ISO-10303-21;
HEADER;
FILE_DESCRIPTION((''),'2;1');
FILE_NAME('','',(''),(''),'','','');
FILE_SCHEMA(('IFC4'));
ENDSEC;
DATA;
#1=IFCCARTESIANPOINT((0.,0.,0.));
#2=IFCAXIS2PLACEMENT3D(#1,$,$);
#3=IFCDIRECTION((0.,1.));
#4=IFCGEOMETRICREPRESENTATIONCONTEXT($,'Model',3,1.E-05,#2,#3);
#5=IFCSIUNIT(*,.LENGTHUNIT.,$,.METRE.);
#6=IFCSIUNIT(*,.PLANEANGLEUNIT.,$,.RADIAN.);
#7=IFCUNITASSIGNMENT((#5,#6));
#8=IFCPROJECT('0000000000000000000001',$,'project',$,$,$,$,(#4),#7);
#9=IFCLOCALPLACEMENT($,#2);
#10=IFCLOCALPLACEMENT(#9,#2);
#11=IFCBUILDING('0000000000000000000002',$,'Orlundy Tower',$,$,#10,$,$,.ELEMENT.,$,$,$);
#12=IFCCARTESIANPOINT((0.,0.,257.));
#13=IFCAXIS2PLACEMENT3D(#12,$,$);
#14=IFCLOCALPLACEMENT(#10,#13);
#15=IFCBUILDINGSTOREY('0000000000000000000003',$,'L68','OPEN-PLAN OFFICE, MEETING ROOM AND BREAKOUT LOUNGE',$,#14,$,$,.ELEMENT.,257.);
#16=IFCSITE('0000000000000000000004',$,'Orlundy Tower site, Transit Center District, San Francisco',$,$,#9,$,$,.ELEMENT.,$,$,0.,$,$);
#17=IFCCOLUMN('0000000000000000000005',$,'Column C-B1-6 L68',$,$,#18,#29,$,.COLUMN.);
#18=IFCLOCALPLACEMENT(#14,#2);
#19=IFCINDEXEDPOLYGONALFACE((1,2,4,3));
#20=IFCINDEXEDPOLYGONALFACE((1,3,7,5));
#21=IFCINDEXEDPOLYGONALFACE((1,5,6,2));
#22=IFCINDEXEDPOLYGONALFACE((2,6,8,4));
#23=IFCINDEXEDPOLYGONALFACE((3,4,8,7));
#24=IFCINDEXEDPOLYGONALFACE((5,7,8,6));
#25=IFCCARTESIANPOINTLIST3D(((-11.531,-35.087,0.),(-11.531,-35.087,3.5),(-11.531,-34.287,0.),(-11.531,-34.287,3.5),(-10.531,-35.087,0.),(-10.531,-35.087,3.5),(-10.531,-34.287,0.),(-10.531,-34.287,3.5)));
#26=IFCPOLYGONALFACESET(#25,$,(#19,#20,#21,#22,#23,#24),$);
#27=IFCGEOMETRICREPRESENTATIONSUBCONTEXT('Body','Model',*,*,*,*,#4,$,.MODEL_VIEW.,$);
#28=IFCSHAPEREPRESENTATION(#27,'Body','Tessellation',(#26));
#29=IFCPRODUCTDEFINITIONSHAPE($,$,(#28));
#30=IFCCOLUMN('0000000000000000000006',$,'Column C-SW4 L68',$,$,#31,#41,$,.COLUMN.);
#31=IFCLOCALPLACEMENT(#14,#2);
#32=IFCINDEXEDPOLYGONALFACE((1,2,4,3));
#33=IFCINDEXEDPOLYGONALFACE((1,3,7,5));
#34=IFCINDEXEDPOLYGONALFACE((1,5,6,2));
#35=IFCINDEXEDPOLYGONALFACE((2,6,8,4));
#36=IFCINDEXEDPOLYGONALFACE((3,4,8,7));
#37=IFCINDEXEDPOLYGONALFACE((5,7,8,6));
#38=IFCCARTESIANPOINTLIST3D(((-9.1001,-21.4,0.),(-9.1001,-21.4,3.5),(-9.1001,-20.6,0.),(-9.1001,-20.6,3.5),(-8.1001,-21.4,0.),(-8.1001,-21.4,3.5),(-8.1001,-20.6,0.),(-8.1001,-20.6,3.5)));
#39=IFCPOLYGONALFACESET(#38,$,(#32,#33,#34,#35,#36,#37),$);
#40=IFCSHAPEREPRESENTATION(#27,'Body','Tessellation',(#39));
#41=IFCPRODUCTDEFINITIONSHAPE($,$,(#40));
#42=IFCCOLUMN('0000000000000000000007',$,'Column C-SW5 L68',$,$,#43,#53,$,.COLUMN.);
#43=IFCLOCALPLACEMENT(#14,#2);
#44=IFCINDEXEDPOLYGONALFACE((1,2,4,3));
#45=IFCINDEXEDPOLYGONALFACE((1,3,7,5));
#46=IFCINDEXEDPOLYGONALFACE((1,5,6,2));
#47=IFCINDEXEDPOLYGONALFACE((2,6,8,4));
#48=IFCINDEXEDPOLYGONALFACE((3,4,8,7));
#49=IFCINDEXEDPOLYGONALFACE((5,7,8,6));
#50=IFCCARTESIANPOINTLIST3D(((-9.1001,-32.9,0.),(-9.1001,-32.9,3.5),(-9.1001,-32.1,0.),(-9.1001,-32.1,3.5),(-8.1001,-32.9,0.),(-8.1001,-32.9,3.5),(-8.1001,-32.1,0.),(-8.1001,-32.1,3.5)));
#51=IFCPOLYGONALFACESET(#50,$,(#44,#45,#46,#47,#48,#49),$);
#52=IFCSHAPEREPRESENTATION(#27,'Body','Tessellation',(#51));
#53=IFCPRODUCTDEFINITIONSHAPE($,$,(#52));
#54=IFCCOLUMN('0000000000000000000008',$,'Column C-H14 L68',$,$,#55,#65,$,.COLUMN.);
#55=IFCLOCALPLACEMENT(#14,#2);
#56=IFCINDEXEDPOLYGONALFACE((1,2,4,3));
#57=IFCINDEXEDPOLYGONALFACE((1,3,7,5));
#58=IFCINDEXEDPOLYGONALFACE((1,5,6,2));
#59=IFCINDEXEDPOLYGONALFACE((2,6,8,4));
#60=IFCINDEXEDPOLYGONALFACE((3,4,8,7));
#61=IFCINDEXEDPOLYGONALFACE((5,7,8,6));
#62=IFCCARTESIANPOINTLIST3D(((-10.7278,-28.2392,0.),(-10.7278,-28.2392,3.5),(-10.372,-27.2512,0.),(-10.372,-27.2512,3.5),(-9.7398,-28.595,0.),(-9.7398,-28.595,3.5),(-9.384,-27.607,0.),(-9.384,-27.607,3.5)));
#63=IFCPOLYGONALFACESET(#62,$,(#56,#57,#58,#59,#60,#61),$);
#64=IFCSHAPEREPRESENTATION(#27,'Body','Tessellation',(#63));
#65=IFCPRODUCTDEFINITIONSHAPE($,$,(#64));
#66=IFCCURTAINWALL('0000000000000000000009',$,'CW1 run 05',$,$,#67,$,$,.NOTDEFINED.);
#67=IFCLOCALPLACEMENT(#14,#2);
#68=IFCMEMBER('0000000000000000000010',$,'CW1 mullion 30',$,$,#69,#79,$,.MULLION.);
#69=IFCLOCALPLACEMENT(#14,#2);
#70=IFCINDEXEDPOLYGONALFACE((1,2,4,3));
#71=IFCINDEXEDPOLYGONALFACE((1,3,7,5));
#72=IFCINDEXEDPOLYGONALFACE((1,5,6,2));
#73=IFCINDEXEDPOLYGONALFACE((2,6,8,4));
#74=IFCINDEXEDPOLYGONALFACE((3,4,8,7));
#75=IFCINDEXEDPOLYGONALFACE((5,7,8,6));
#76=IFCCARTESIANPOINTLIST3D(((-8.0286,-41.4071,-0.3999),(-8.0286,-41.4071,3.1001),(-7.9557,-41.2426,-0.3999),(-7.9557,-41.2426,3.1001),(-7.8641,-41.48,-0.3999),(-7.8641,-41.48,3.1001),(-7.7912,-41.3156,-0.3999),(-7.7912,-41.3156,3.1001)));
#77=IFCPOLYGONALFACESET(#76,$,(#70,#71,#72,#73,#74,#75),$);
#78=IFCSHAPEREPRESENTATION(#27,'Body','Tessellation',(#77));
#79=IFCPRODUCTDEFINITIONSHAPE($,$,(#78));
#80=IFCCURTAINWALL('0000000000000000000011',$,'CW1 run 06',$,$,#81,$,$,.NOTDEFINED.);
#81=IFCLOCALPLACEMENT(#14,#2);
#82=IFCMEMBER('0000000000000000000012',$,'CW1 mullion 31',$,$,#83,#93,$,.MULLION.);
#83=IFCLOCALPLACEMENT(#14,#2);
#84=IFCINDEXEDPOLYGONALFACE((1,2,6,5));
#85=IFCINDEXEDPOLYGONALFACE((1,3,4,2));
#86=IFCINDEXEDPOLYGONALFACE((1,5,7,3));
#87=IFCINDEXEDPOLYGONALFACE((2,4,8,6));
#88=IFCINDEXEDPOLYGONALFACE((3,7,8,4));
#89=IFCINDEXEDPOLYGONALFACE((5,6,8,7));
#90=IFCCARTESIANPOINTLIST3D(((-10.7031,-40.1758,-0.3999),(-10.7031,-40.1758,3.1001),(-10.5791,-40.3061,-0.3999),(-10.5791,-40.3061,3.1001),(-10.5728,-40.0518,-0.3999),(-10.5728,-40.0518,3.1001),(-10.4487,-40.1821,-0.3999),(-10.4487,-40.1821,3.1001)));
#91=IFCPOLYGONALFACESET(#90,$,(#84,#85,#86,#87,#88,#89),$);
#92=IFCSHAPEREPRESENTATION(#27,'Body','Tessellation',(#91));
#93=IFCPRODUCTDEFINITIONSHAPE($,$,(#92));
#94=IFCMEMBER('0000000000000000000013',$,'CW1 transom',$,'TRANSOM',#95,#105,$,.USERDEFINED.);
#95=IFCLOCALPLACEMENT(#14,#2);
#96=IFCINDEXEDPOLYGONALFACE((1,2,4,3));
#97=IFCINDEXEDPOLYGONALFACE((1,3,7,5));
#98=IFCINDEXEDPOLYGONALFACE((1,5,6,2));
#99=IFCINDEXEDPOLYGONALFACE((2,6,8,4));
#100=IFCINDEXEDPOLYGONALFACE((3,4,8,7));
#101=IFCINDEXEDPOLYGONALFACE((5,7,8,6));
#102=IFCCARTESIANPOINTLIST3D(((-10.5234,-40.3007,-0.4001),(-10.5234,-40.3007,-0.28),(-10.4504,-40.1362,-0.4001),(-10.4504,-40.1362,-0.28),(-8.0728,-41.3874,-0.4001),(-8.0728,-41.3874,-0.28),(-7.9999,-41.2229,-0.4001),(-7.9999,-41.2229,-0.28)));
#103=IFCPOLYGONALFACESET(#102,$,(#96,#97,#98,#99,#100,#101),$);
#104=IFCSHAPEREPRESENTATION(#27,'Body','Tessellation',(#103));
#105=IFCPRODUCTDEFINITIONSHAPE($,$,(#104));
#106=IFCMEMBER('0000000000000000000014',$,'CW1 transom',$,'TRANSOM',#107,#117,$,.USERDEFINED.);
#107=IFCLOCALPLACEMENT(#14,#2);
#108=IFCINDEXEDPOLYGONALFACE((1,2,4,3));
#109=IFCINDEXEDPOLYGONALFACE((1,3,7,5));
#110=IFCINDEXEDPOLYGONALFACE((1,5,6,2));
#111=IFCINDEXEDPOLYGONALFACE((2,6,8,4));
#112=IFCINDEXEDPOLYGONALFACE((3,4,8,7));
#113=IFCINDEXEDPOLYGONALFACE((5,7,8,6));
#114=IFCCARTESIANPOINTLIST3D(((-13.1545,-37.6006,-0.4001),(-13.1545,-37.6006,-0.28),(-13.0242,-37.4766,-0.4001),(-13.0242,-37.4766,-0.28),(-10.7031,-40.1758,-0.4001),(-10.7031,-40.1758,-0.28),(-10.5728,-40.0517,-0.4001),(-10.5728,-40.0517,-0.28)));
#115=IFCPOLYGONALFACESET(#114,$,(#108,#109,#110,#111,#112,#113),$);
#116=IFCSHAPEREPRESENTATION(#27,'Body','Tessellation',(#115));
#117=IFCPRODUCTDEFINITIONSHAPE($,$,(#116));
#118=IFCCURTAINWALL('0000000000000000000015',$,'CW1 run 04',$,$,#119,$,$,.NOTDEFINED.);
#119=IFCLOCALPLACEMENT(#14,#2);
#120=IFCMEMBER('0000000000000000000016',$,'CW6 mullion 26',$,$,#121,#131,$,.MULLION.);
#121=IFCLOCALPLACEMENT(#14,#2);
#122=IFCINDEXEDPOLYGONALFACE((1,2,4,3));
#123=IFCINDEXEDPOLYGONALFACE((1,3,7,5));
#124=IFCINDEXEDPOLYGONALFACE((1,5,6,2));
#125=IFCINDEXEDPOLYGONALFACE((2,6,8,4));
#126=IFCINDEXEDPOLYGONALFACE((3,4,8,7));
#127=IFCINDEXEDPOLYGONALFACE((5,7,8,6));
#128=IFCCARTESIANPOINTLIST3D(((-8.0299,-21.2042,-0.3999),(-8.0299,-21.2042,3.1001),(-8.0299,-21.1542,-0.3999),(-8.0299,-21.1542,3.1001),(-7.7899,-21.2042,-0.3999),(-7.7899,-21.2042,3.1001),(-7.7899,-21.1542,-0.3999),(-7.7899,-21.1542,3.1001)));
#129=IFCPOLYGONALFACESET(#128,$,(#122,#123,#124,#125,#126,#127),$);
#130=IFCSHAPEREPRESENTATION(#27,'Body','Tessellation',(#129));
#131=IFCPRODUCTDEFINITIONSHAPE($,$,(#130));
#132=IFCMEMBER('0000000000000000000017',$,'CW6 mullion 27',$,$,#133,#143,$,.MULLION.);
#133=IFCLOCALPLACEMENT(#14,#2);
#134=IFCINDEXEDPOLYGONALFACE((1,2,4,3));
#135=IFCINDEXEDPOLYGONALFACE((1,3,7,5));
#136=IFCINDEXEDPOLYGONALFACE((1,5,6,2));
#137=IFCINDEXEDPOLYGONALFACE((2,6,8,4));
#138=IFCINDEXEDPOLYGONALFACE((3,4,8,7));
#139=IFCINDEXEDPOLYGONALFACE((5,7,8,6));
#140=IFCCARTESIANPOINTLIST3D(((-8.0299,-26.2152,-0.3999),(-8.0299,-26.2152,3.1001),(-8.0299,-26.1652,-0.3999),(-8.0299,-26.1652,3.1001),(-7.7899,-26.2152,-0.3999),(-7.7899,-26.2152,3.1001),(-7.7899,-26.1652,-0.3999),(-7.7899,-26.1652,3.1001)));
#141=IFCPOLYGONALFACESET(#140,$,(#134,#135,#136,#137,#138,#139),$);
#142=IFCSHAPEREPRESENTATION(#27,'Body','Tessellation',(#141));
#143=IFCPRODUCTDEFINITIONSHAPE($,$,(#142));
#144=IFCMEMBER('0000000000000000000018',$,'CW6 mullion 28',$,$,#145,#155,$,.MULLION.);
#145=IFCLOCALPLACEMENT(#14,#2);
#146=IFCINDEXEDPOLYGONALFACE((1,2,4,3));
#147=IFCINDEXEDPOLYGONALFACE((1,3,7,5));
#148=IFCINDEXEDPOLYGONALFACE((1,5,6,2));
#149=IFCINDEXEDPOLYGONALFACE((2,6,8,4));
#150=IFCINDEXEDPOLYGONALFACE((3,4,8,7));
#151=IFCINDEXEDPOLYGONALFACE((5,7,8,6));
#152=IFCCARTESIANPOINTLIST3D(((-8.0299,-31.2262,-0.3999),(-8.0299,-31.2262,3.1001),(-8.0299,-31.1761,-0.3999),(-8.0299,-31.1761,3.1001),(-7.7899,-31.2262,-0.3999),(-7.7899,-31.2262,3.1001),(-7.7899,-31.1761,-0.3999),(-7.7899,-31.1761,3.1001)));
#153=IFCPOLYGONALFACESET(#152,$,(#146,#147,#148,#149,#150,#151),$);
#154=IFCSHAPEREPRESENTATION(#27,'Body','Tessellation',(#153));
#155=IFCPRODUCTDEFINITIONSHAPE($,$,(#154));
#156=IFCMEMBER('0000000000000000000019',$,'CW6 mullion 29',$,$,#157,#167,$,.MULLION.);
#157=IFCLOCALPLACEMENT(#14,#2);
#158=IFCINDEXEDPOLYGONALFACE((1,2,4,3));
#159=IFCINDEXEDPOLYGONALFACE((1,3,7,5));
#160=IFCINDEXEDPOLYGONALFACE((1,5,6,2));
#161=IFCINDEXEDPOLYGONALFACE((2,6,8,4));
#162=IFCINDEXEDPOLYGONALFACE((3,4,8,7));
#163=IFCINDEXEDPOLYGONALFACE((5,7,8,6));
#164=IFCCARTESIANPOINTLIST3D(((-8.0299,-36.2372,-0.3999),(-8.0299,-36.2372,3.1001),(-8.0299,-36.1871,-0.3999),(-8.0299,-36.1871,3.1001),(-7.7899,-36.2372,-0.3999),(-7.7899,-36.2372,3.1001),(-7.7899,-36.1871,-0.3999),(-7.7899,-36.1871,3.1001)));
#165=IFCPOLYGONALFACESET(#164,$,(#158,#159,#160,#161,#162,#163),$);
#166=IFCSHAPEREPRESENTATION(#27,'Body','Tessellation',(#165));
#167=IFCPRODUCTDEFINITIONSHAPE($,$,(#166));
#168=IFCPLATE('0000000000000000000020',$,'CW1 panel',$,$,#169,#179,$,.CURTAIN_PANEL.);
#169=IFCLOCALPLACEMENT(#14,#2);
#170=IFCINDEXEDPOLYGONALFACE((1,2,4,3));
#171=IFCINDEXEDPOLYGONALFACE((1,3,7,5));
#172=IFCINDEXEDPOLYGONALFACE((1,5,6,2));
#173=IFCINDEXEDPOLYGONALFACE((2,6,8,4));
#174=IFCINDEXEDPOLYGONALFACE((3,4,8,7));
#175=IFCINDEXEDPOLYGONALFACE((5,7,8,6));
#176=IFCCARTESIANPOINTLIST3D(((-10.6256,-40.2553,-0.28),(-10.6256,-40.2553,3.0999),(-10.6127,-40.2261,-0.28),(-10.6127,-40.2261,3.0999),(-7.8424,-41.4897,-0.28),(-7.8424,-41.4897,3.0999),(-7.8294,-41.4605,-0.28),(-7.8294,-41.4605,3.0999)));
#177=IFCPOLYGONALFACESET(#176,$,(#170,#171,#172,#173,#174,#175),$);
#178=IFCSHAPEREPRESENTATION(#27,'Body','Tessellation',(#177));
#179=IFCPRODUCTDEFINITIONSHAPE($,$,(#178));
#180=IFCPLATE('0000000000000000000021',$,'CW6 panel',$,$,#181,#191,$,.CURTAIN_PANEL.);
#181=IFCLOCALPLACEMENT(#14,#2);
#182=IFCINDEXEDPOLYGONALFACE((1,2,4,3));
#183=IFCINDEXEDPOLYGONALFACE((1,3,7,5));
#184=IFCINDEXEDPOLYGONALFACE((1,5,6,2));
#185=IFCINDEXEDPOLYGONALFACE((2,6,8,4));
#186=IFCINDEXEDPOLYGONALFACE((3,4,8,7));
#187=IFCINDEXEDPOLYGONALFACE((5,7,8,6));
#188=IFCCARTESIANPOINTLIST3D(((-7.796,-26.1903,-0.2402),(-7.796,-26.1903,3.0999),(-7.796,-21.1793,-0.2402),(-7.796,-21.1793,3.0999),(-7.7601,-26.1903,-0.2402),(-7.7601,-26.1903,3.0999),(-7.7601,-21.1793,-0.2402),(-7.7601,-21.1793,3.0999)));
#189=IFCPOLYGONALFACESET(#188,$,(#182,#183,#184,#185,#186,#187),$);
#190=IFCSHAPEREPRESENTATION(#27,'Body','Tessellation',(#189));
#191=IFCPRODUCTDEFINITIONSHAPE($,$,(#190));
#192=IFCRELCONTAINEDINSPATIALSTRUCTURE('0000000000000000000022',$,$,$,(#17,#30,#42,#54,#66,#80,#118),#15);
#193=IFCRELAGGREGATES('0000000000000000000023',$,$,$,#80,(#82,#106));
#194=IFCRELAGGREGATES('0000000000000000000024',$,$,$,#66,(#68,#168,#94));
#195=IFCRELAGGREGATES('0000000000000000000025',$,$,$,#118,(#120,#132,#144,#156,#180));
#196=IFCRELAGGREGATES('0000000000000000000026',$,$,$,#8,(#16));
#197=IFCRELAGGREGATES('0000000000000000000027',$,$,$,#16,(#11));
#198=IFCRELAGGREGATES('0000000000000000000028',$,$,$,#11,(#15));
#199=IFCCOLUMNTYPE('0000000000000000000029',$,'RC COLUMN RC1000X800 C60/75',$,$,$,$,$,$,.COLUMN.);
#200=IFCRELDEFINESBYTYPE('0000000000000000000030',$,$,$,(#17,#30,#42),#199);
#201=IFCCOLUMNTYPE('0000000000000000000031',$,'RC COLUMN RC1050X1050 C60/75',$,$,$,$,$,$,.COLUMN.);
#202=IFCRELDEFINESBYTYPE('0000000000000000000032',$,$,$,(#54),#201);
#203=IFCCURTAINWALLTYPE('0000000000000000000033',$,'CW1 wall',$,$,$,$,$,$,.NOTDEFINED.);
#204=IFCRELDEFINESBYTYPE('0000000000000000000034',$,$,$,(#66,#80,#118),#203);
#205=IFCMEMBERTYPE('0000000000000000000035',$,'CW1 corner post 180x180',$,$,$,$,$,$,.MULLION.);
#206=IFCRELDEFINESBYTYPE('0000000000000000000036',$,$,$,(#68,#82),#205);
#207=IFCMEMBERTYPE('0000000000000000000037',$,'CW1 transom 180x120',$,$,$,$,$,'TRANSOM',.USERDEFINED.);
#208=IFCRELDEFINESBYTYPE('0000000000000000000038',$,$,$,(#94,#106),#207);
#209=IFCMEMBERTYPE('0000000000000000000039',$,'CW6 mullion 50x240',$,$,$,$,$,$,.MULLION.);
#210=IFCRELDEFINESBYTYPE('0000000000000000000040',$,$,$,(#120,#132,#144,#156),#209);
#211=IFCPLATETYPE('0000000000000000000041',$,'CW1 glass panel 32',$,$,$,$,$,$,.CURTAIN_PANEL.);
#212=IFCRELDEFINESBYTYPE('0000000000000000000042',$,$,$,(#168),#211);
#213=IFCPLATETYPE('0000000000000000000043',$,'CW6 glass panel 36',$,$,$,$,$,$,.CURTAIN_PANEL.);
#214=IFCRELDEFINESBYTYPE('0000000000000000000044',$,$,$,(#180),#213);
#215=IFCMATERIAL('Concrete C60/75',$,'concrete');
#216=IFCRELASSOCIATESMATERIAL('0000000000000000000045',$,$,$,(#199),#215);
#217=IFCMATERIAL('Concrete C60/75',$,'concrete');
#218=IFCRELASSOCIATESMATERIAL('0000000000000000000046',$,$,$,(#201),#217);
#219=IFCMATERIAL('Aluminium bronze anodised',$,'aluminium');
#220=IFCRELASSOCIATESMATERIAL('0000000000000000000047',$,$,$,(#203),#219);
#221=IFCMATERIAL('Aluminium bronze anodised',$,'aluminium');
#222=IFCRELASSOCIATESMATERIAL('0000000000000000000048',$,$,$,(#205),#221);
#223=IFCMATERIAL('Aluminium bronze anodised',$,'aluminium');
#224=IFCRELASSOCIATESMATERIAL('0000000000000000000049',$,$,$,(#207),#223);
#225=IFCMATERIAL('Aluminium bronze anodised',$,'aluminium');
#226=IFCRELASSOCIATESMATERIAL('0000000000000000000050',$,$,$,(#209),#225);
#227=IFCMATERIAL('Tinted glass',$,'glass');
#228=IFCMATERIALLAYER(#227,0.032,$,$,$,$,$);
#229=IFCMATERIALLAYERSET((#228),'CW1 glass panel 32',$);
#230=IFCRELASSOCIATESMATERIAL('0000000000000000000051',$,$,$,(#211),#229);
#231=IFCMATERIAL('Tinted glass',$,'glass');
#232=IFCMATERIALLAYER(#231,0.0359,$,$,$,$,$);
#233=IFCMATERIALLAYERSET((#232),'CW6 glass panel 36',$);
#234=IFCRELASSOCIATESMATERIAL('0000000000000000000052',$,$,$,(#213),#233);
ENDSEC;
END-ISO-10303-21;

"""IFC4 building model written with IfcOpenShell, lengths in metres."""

from ifc_helpers import new_model, si_unit, direction, frame, origin, origin_2d, place, context, subcontext, project, spatial, rectangle, extrude, material, layer, layer_set, material_profile, profile_set, type_object, element, aggregate, save


model = new_model("IFC4")

# Units and contexts
model_context = context("Model", 3, precision=1e-05, world=origin(), true_north=direction((0.0, 1.0)))
body_context = subcontext(model_context, "Body", "Model", "MODEL_VIEW")
ifc_project = project(units=[si_unit("LENGTHUNIT", "METRE"), si_unit("PLANEANGLEUNIT", "RADIAN")], contexts=[model_context])

# Site, building, storey
site_placement = place(None, origin())
site = spatial("IfcSite", under=ifc_project, at=site_placement, Name="Orlundy Tower site, Transit Center District, San Francisco", CompositionType="ELEMENT", RefElevation=0.0)
building_placement = place(site_placement, origin())
building = spatial("IfcBuilding", under=site, at=building_placement, Name="Orlundy Tower", CompositionType="ELEMENT")
storey_placement = place(building_placement, frame((0.0, 0.0, 257.0)))
storey = spatial("IfcBuildingStorey", under=building, at=storey_placement, Name="L68", Description="OPEN-PLAN OFFICE, MEETING ROOM AND BREAKOUT LOUNGE", CompositionType="ELEMENT", Elevation=257.0)

# Columns
ifc_material_1 = material(Name="Concrete C60/75", Category="concrete")
ifc_material_profile_1 = material_profile(ifc_material_1, rectangle(XDim=1.0, YDim=0.8, at=origin_2d()), Name="RC1000X800")
ifc_profile_set_1 = profile_set([ifc_material_profile_1], Name="Concrete C60/75")
column_type_1 = type_object("IfcColumnType", Name="RC COLUMN RC1000X800 C60/75", PredefinedType="COLUMN", material=ifc_profile_set_1)
for number, where, z_axis, x_axis, name in (
    (1, (-11.031, -34.687, 0.0), (0.0, 0.0, 1.0), (1.0, 0.0, 0.0), "Column C-B1-6 L68"),
    (2, (-8.6001, -21.0, 0.0), (0.0, 0.0, 1.0), (1.0, 0.0, 0.0), "Column C-SW4 L68"),
    (3, (-8.6001, -32.5, 0.0), (0.0, 0.0, 1.0), (1.0, 0.0, 0.0), "Column C-SW5 L68"),
):
    element("IfcColumn", number, at=place(storey_placement, frame(where, z_axis=z_axis, x_axis=x_axis)), inside=storey, type_object=column_type_1, Name=name, PredefinedType="COLUMN", context=body_context, shape_type="SweptSolid", body=[
        extrude(rectangle(XDim=1.0, YDim=0.8, at=origin_2d()), origin(), (0.0, 0.0, 1.0), 3.5),
    ])
ifc_material_2 = material(Name="Concrete C60/75", Category="concrete")
ifc_material_profile_2 = material_profile(ifc_material_2, rectangle(XDim=1.05, YDim=1.05, at=origin_2d()), Name="RC1050X1050")
ifc_profile_set_2 = profile_set([ifc_material_profile_2], Name="Concrete C60/75")
column_type_2 = type_object("IfcColumnType", Name="RC COLUMN RC1050X1050 C60/75", PredefinedType="COLUMN", material=ifc_profile_set_2)
column_placement = place(storey_placement, frame((-10.0559, -27.9231, 0.0), z_axis=(0.0, 0.0, 1.0), x_axis=(-0.338836, -0.940845, 0.0)))
element("IfcColumn", 4, at=column_placement, inside=storey, type_object=column_type_2, Name="Column C-H14 L68", PredefinedType="COLUMN", context=body_context, shape_type="SweptSolid", body=[
    extrude(rectangle(XDim=1.05, YDim=1.05, at=origin_2d()), origin(), (0.0, 0.0, 1.0), 3.5),
])

# Curtain walls, members
ifc_material_3 = material(Name="Aluminium bronze anodised", Category="aluminium")
curtain_wall_type = type_object("IfcCurtainWallType", Name="CW1 wall", PredefinedType="NOTDEFINED", material=ifc_material_3)
curtain_wall_1_placement = place(storey_placement, origin())
curtain_wall_1 = element("IfcCurtainWall", 5, at=curtain_wall_1_placement, inside=storey, type_object=curtain_wall_type, Name="CW1 run 05", PredefinedType="NOTDEFINED")
ifc_material_4 = material(Name="Aluminium bronze anodised", Category="aluminium")
ifc_material_profile_3 = material_profile(ifc_material_4, rectangle(XDim=0.1799, YDim=0.1799, at=origin_2d()), Name="CW1 corner post 180x180")
ifc_profile_set_3 = profile_set([ifc_material_profile_3], Name="Aluminium bronze anodised")
member_type_1 = type_object("IfcMemberType", Name="CW1 corner post 180x180", PredefinedType="MULLION", material=ifc_profile_set_3)
member_1_placement = place(storey_placement, frame((-7.9099, -41.3613, -0.3999), z_axis=(0.0, 0.0, 1.0), x_axis=(-0.405432, -0.914125, 0.0)))
member_1 = element("IfcMember", 6, at=member_1_placement, type_object=member_type_1, Name="CW1 mullion 30", PredefinedType="MULLION", context=body_context, shape_type="SweptSolid", body=[
    extrude(rectangle(XDim=0.1799, YDim=0.1799, at=origin_2d()), origin(), (0.0, 0.0, 1.0), 3.5),
])
curtain_wall_2_placement = place(storey_placement, origin())
curtain_wall_2 = element("IfcCurtainWall", 7, at=curtain_wall_2_placement, inside=storey, type_object=curtain_wall_type, Name="CW1 run 06", PredefinedType="NOTDEFINED")
member_2_placement = place(storey_placement, frame((-10.5759, -40.179, -0.3999), z_axis=(0.0, 0.0, 1.0), x_axis=(-0.724292, -0.689493, 0.0)))
member_2 = element("IfcMember", 8, at=member_2_placement, type_object=member_type_1, Name="CW1 mullion 31", PredefinedType="MULLION", context=body_context, shape_type="SweptSolid", body=[
    extrude(rectangle(XDim=0.1799, YDim=0.1799, at=origin_2d()), origin(), (0.0, 0.0, 1.0), 3.5),
])

# Members
ifc_material_5 = material(Name="Aluminium bronze anodised", Category="aluminium")
ifc_material_profile_4 = material_profile(ifc_material_5, rectangle(XDim=0.1799, YDim=0.1201, at=origin_2d()), Name="CW1 transom 180x120")
ifc_profile_set_4 = profile_set([ifc_material_profile_4], Name="Aluminium bronze anodised")
member_type_2 = type_object("IfcMemberType", Name="CW1 transom 180x120", ElementType="TRANSOM", PredefinedType="USERDEFINED", material=ifc_profile_set_4)
member_3_placement = place(storey_placement, frame((-8.0364, -41.3052, -0.3401), z_axis=(-0.914146, 0.405386, 0.0), x_axis=(-0.405386, -0.914146, 0.0)))
member_3 = element("IfcMember", 9, at=member_3_placement, type_object=member_type_2, Name="CW1 transom", ObjectType="TRANSOM", PredefinedType="USERDEFINED", context=body_context, shape_type="SweptSolid", body=[
    extrude(rectangle(XDim=0.1799, YDim=0.1201, at=origin_2d()), origin(), (0.0, 0.0, 1.0), 2.6807),
])
member_4_placement = place(storey_placement, frame((-10.6379, -40.1138, -0.3401), z_axis=(-0.689485, 0.7243, 0.0), x_axis=(-0.7243, -0.689485, 0.0)))
member_4 = element("IfcMember", 10, at=member_4_placement, type_object=member_type_2, Name="CW1 transom", ObjectType="TRANSOM", PredefinedType="USERDEFINED", context=body_context, shape_type="SweptSolid", body=[
    extrude(rectangle(XDim=0.1799, YDim=0.1201, at=origin_2d()), origin(), (0.0, 0.0, 1.0), 3.5554),
])
aggregate(curtain_wall_2, [member_2, member_4])

# Curtain wall, members
curtain_wall_3_placement = place(storey_placement, origin())
curtain_wall_3 = element("IfcCurtainWall", 11, at=curtain_wall_3_placement, inside=storey, type_object=curtain_wall_type, Name="CW1 run 04", PredefinedType="NOTDEFINED")
ifc_material_6 = material(Name="Aluminium bronze anodised", Category="aluminium")
ifc_material_profile_5 = material_profile(ifc_material_6, rectangle(XDim=0.24, YDim=0.05, at=origin_2d()), Name="CW6 mullion 50x240")
ifc_profile_set_5 = profile_set([ifc_material_profile_5], Name="Aluminium bronze anodised")
member_type_3 = type_object("IfcMemberType", Name="CW6 mullion 50x240", PredefinedType="MULLION", material=ifc_profile_set_5)
member_5_placement = place(storey_placement, frame((-7.9099, -21.1792, -0.3999), z_axis=(0.0, 0.0, 1.0), x_axis=(1.0, 0.0, 0.0)))
member_5 = element("IfcMember", 12, at=member_5_placement, type_object=member_type_3, Name="CW6 mullion 26", PredefinedType="MULLION", context=body_context, shape_type="SweptSolid", body=[
    extrude(rectangle(XDim=0.24, YDim=0.05, at=origin_2d()), origin(), (0.0, 0.0, 1.0), 3.5),
])
member_6_placement = place(storey_placement, frame((-7.9099, -26.1902, -0.3999), z_axis=(0.0, 0.0, 1.0), x_axis=(1.0, 0.0, 0.0)))
member_6 = element("IfcMember", 13, at=member_6_placement, type_object=member_type_3, Name="CW6 mullion 27", PredefinedType="MULLION", context=body_context, shape_type="SweptSolid", body=[
    extrude(rectangle(XDim=0.24, YDim=0.05, at=origin_2d()), origin(), (0.0, 0.0, 1.0), 3.5),
])
member_7_placement = place(storey_placement, frame((-7.9099, -31.2012, -0.3999), z_axis=(0.0, 0.0, 1.0), x_axis=(1.0, 0.0, 0.0)))
member_7 = element("IfcMember", 14, at=member_7_placement, type_object=member_type_3, Name="CW6 mullion 28", PredefinedType="MULLION", context=body_context, shape_type="SweptSolid", body=[
    extrude(rectangle(XDim=0.24, YDim=0.05, at=origin_2d()), origin(), (0.0, 0.0, 1.0), 3.5),
])
member_8_placement = place(storey_placement, frame((-7.9099, -36.2122, -0.3999), z_axis=(0.0, 0.0, 1.0), x_axis=(1.0, 0.0, 0.0)))
member_8 = element("IfcMember", 15, at=member_8_placement, type_object=member_type_3, Name="CW6 mullion 29", PredefinedType="MULLION", context=body_context, shape_type="SweptSolid", body=[
    extrude(rectangle(XDim=0.24, YDim=0.05, at=origin_2d()), origin(), (0.0, 0.0, 1.0), 3.5),
])

# Plates
ifc_material_7 = material(Name="Tinted glass", Category="glass")
ifc_layer_1 = layer(ifc_material_7, 0.032)
ifc_layer_set_1 = layer_set([ifc_layer_1], Name="CW1 glass panel 32")
plate_type_1 = type_object("IfcPlateType", Name="CW1 glass panel 32", PredefinedType="CURTAIN_PANEL", material=ifc_layer_set_1)
plate_1_placement = place(storey_placement, frame((-9.2275, -40.8579, -0.28), z_axis=(0.0, 0.0, 1.0), x_axis=(-0.914125, 0.405432, 0.0)))
plate_1 = element("IfcPlate", 16, at=plate_1_placement, type_object=plate_type_1, Name="CW1 panel", PredefinedType="CURTAIN_PANEL", context=body_context, shape_type="SweptSolid", body=[
    extrude(rectangle(XDim=3.0447, YDim=0.032, at=origin_2d()), origin(), (0.0, 0.0, 1.0), 3.3799),
])
aggregate(curtain_wall_1, [member_1, plate_1, member_3])
ifc_material_8 = material(Name="Tinted glass", Category="glass")
ifc_layer_2 = layer(ifc_material_8, 0.0359)
ifc_layer_set_2 = layer_set([ifc_layer_2], Name="CW6 glass panel 36")
plate_type_2 = type_object("IfcPlateType", Name="CW6 glass panel 36", PredefinedType="CURTAIN_PANEL", material=ifc_layer_set_2)
plate_2_placement = place(storey_placement, frame((-7.7781, -23.6848, -0.2402), z_axis=(0.0, 0.0, 1.0), x_axis=(0.0, -1.0, 0.0)))
plate_2 = element("IfcPlate", 17, at=plate_2_placement, type_object=plate_type_2, Name="CW6 panel", PredefinedType="CURTAIN_PANEL", context=body_context, shape_type="SweptSolid", body=[
    extrude(rectangle(XDim=5.011, YDim=0.0359, at=origin_2d()), origin(), (0.0, 0.0, 1.0), 3.3401),
])
aggregate(curtain_wall_3, [member_5, member_6, member_7, member_8, plate_2])

save(model, "model.ifc")
